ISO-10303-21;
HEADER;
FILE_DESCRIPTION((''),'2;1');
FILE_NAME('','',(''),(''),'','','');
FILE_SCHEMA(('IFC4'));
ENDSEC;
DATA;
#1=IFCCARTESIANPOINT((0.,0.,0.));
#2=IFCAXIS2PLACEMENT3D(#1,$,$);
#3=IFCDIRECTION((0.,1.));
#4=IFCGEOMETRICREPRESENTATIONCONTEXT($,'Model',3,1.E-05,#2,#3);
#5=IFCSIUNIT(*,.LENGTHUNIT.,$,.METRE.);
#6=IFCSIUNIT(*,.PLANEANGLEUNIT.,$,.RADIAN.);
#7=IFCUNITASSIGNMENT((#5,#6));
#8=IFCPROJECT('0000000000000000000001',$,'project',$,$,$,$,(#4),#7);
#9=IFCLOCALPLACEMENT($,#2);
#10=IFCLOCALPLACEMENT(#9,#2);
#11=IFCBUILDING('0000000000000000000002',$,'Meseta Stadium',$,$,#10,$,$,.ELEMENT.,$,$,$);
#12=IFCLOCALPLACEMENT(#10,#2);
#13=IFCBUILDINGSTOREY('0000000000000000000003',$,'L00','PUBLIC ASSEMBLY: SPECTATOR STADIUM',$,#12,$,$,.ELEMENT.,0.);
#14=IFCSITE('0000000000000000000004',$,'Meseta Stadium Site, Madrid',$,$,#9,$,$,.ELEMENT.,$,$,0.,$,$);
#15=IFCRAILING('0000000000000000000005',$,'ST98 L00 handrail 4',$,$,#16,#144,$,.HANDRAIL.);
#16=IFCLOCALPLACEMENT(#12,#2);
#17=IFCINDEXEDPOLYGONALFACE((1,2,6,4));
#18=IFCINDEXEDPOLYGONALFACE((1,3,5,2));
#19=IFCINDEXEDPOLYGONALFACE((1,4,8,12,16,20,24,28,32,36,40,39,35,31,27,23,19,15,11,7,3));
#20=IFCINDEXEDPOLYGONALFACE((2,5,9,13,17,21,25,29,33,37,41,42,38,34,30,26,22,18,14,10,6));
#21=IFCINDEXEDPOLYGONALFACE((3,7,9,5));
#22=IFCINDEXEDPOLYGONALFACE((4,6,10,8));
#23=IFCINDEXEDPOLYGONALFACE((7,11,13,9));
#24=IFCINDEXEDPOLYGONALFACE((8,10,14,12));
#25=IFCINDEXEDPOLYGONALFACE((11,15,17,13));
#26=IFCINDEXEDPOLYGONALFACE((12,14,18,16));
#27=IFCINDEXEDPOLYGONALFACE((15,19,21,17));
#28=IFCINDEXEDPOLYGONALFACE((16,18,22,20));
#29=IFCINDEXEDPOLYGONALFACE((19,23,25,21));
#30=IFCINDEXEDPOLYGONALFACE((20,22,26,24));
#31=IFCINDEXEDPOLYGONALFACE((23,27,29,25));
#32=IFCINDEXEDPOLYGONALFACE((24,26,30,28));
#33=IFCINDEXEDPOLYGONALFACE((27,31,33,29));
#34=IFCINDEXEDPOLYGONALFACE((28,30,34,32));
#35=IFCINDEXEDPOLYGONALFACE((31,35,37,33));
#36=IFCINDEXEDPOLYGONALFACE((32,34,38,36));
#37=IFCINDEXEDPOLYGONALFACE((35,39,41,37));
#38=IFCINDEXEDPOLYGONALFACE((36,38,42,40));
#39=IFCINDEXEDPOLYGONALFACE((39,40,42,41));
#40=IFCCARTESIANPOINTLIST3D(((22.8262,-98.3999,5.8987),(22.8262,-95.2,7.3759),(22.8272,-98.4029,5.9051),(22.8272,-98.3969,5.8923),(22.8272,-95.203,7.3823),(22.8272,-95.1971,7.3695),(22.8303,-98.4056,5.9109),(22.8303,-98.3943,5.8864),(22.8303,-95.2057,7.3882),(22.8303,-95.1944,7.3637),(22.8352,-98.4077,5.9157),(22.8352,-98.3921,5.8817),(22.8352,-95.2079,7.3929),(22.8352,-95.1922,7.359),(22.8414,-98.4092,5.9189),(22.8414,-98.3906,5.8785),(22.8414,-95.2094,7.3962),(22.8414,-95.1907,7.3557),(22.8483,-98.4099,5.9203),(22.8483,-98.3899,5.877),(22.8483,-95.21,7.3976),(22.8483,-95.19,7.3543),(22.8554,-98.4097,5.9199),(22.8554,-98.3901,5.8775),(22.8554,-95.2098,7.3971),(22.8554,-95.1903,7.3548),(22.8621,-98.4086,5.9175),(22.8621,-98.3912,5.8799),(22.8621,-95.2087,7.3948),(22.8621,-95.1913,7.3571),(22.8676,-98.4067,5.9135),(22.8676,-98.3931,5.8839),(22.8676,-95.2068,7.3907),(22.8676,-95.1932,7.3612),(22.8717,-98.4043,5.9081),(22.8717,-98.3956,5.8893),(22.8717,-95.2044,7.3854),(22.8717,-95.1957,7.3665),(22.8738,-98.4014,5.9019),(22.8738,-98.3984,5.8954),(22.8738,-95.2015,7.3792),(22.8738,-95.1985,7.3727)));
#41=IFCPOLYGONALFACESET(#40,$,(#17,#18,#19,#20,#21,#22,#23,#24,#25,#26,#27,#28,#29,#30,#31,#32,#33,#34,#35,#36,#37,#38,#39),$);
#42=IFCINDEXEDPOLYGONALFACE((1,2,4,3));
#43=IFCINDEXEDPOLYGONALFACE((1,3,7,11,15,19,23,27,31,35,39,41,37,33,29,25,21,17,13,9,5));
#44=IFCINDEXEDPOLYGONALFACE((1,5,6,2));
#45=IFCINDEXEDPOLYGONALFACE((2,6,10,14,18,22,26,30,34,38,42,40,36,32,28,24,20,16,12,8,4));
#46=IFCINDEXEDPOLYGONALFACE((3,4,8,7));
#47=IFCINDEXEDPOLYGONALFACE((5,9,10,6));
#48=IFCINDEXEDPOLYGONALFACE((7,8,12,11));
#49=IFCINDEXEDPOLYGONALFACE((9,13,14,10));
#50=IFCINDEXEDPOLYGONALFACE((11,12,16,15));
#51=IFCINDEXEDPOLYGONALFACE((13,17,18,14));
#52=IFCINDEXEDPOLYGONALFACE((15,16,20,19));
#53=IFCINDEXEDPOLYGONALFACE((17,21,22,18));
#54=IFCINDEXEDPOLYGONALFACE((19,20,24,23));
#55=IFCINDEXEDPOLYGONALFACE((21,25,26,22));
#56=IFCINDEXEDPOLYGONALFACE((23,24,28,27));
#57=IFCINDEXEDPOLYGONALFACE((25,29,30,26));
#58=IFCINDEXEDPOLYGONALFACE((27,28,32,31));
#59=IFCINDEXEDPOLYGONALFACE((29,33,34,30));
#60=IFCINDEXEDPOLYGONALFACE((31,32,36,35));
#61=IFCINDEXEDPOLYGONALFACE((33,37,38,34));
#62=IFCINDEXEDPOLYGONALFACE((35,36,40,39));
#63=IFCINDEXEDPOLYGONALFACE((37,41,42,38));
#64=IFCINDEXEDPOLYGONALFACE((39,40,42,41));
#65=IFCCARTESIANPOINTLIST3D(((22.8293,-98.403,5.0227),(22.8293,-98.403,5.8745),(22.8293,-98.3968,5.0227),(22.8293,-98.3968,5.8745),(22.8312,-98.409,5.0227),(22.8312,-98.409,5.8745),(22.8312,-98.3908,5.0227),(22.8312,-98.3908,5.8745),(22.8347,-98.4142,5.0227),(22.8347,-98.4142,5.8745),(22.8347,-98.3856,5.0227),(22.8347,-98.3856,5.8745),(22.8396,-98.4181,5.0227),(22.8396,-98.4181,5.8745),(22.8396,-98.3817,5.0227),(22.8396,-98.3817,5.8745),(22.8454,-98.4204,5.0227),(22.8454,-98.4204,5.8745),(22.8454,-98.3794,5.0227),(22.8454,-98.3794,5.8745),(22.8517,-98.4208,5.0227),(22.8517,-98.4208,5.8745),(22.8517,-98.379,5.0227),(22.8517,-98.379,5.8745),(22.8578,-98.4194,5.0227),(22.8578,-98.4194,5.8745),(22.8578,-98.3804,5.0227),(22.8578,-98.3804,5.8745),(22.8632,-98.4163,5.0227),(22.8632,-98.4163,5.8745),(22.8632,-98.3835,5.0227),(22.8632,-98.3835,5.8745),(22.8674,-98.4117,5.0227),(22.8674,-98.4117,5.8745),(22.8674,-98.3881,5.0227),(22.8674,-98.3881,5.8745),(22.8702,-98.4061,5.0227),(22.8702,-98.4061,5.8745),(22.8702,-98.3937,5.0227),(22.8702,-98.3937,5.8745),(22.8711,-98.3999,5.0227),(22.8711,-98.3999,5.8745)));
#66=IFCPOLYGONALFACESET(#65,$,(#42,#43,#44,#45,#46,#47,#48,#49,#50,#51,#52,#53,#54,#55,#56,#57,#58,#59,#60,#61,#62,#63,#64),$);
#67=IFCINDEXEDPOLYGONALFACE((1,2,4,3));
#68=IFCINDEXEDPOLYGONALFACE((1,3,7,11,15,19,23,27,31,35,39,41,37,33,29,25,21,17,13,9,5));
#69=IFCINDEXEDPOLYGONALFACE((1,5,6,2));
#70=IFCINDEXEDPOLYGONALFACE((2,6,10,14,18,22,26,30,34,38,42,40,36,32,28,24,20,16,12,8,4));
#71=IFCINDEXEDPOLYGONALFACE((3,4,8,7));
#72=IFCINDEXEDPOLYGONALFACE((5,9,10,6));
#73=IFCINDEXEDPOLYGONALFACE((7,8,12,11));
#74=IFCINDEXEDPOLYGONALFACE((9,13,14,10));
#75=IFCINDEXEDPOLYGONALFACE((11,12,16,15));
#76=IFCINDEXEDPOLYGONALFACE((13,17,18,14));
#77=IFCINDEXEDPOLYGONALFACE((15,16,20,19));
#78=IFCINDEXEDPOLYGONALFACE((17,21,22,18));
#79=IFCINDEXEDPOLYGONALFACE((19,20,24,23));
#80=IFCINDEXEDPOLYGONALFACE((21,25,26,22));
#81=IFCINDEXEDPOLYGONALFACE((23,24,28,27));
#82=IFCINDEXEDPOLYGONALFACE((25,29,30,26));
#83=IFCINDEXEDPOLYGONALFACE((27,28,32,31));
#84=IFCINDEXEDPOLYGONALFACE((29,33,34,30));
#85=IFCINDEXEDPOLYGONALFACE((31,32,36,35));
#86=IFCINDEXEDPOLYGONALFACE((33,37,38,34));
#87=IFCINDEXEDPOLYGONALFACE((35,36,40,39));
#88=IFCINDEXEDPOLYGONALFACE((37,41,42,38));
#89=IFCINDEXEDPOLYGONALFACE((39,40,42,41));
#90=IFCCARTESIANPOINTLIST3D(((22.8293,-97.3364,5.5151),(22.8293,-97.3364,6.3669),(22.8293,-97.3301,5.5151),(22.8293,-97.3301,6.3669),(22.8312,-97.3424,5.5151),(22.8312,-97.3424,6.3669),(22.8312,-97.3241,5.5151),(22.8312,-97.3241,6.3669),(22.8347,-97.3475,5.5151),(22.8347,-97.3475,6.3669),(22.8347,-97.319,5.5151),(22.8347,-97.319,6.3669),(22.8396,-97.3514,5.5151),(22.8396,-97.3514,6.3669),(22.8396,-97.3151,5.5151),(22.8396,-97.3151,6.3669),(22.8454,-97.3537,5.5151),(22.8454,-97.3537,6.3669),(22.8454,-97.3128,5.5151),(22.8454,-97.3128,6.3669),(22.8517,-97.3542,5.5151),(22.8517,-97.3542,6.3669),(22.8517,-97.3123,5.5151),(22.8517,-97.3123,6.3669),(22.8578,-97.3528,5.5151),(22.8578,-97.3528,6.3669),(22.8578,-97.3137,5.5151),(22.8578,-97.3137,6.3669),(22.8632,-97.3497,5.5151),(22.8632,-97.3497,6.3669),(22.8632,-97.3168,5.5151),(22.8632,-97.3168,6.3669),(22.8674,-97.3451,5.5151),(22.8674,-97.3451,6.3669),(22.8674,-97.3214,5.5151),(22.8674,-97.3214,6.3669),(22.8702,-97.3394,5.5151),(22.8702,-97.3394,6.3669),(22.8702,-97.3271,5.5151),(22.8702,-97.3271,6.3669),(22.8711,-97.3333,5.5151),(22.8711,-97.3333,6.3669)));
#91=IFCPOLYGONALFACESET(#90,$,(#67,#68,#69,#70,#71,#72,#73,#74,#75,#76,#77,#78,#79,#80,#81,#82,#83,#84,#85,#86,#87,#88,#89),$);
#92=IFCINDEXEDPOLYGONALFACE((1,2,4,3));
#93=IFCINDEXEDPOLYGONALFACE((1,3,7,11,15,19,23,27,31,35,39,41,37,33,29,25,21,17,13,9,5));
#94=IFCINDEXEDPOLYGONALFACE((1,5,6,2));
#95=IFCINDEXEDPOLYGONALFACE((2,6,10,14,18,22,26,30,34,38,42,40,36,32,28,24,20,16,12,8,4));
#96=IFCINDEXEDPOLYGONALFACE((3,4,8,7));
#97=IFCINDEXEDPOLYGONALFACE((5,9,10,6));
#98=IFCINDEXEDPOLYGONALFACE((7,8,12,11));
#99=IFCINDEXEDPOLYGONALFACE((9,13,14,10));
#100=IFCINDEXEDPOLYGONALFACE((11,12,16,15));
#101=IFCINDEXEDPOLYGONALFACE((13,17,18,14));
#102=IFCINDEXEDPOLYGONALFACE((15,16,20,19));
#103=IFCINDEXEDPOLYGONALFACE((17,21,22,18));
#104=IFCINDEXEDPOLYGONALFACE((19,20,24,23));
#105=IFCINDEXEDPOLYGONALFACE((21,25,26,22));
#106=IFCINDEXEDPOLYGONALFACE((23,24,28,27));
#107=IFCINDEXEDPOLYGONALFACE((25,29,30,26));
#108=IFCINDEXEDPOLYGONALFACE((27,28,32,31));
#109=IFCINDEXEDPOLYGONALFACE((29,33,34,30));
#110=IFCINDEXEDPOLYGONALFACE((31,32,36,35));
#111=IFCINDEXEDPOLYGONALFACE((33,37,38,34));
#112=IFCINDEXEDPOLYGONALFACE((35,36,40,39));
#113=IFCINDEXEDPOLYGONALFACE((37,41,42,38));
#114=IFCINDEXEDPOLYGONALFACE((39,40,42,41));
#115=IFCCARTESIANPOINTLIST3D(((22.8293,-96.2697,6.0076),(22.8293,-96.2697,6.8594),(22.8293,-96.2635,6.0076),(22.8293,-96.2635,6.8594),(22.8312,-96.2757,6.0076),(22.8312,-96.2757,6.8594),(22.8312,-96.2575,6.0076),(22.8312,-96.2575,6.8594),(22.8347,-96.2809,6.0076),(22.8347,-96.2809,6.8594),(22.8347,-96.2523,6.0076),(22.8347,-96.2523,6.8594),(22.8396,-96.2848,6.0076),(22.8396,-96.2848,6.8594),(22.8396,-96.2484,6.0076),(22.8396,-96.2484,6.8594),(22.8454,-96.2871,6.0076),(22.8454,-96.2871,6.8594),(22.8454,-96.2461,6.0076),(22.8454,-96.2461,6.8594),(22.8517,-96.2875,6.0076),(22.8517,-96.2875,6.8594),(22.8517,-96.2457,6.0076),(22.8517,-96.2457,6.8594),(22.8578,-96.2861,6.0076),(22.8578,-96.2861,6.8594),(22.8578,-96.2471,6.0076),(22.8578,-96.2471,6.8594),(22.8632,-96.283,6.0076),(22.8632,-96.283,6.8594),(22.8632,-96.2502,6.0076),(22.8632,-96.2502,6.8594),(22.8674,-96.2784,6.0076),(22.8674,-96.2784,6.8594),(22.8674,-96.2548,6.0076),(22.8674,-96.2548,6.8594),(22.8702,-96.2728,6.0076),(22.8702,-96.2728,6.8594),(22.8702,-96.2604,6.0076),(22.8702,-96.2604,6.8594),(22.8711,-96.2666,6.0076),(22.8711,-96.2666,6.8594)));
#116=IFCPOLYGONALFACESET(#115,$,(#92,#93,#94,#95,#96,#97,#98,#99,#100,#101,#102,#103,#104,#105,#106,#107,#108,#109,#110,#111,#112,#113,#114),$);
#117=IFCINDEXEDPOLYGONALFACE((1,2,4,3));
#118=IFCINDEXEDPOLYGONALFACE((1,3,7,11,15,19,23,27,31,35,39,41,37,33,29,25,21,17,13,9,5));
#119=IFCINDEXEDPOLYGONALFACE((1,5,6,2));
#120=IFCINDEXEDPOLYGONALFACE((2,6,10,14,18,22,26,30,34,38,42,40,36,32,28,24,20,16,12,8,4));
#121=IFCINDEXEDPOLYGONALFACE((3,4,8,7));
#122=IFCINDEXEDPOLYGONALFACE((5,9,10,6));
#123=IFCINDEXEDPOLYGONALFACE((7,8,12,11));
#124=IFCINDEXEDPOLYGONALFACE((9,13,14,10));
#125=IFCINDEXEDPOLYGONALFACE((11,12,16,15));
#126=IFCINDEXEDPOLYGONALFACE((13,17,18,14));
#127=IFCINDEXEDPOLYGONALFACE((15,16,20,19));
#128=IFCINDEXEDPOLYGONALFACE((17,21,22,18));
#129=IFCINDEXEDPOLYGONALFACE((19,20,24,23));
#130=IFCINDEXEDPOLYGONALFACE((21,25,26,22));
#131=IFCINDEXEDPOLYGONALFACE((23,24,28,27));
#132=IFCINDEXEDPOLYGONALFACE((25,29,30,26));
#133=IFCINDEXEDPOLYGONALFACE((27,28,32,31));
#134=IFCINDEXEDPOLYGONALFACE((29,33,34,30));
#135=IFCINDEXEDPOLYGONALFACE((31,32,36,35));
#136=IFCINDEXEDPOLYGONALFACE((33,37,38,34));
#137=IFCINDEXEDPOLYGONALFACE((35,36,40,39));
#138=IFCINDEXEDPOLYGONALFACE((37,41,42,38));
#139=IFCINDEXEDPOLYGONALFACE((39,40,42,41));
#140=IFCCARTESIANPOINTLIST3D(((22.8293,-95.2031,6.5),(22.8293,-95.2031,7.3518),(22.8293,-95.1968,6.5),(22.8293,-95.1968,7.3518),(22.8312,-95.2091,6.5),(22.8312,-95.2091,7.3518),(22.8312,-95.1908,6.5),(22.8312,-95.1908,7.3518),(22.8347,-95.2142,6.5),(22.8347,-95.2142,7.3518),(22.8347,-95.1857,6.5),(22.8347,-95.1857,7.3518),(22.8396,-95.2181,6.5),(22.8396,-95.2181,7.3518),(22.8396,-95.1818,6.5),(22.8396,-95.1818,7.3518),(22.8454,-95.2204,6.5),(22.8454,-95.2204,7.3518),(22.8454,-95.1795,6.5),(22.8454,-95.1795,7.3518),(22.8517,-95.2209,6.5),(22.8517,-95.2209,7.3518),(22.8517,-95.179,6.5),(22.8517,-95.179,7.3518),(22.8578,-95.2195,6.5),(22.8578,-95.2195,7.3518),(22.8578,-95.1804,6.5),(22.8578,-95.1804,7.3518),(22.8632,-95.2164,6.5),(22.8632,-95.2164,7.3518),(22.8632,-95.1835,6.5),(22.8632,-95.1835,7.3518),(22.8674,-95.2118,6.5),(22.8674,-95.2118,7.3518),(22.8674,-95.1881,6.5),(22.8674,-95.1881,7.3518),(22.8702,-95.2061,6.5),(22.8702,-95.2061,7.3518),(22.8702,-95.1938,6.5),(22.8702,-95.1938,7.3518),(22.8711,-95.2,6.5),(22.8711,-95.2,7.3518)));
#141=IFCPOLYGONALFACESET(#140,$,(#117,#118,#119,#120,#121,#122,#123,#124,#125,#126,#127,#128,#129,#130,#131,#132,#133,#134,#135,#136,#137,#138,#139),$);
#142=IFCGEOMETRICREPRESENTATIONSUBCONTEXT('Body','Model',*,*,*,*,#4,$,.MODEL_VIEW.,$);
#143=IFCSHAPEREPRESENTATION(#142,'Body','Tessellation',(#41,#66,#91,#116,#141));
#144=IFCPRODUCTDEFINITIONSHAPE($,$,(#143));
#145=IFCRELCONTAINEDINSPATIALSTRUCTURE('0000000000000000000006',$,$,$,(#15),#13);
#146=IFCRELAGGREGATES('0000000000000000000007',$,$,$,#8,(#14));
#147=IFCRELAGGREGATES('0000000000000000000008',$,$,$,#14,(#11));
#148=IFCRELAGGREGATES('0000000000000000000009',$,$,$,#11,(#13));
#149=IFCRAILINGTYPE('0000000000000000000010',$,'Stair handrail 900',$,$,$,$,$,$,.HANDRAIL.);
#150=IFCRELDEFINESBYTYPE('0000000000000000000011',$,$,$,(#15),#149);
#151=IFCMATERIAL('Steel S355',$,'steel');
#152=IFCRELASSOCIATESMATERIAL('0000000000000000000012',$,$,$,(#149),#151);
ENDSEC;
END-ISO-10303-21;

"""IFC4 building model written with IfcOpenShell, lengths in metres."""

from ifc_helpers import new_model, si_unit, direction, frame, origin, origin_2d, place, context, subcontext, project, spatial, circle, extrude, material, type_object, element, save


model = new_model("IFC4")

# Units and contexts
model_context = context("Model", 3, precision=1e-05, world=origin(), true_north=direction((0.0, 1.0)))
body_context = subcontext(model_context, "Body", "Model", "MODEL_VIEW")
ifc_project = project(units=[si_unit("LENGTHUNIT", "METRE"), si_unit("PLANEANGLEUNIT", "RADIAN")], contexts=[model_context])

# Site, building, storey
site_placement = place(None, origin())
site = spatial("IfcSite", under=ifc_project, at=site_placement, Name="Meseta Stadium Site, Madrid", CompositionType="ELEMENT", RefElevation=0.0)
building_placement = place(site_placement, origin())
building = spatial("IfcBuilding", under=site, at=building_placement, Name="Meseta Stadium", CompositionType="ELEMENT")
storey_placement = place(building_placement, origin())
storey = spatial("IfcBuildingStorey", under=building, at=storey_placement, Name="L00", Description="PUBLIC ASSEMBLY: SPECTATOR STADIUM", CompositionType="ELEMENT", Elevation=0.0)

# Railing
ifc_material_1 = material(Name="Steel S355", Category="steel")
railing_type_1 = type_object("IfcRailingType", Name="Stair handrail 900", PredefinedType="HANDRAIL", material=ifc_material_1)
for number, where, name in (
    (1, (22.8501, -98.3999, 5.0227), "ST98 L00 handrail 4"),
):
    element("IfcRailing", number, at=place(storey_placement, frame(where)), inside=storey, type_object=railing_type_1, Name=name, PredefinedType="HANDRAIL", context=body_context, shape_type="SweptSolid", body=[
        extrude(circle(Radius=0.0239, at=origin_2d()), frame((0.0, 0.0, 0.876), z_axis=(0.0, 0.907917, 0.41915), x_axis=(-1.0, 0.0, 0.0)), (0.0, 0.0, 1.0), 3.5244),
        extrude(circle(Radius=0.021, at=origin_2d()), origin(), (0.0, 0.0, 1.0), 0.8518),
        extrude(circle(Radius=0.021, at=origin_2d()), frame((0.0, 1.0667, 0.4924)), (0.0, 0.0, 1.0), 0.8518),
        extrude(circle(Radius=0.021, at=origin_2d()), frame((0.0, 2.1333, 0.9849)), (0.0, 0.0, 1.0), 0.8518),
        extrude(circle(Radius=0.021, at=origin_2d()), frame((0.0, 3.2, 1.4773)), (0.0, 0.0, 1.0), 0.8518),
    ])

save(model, "model.ifc")
